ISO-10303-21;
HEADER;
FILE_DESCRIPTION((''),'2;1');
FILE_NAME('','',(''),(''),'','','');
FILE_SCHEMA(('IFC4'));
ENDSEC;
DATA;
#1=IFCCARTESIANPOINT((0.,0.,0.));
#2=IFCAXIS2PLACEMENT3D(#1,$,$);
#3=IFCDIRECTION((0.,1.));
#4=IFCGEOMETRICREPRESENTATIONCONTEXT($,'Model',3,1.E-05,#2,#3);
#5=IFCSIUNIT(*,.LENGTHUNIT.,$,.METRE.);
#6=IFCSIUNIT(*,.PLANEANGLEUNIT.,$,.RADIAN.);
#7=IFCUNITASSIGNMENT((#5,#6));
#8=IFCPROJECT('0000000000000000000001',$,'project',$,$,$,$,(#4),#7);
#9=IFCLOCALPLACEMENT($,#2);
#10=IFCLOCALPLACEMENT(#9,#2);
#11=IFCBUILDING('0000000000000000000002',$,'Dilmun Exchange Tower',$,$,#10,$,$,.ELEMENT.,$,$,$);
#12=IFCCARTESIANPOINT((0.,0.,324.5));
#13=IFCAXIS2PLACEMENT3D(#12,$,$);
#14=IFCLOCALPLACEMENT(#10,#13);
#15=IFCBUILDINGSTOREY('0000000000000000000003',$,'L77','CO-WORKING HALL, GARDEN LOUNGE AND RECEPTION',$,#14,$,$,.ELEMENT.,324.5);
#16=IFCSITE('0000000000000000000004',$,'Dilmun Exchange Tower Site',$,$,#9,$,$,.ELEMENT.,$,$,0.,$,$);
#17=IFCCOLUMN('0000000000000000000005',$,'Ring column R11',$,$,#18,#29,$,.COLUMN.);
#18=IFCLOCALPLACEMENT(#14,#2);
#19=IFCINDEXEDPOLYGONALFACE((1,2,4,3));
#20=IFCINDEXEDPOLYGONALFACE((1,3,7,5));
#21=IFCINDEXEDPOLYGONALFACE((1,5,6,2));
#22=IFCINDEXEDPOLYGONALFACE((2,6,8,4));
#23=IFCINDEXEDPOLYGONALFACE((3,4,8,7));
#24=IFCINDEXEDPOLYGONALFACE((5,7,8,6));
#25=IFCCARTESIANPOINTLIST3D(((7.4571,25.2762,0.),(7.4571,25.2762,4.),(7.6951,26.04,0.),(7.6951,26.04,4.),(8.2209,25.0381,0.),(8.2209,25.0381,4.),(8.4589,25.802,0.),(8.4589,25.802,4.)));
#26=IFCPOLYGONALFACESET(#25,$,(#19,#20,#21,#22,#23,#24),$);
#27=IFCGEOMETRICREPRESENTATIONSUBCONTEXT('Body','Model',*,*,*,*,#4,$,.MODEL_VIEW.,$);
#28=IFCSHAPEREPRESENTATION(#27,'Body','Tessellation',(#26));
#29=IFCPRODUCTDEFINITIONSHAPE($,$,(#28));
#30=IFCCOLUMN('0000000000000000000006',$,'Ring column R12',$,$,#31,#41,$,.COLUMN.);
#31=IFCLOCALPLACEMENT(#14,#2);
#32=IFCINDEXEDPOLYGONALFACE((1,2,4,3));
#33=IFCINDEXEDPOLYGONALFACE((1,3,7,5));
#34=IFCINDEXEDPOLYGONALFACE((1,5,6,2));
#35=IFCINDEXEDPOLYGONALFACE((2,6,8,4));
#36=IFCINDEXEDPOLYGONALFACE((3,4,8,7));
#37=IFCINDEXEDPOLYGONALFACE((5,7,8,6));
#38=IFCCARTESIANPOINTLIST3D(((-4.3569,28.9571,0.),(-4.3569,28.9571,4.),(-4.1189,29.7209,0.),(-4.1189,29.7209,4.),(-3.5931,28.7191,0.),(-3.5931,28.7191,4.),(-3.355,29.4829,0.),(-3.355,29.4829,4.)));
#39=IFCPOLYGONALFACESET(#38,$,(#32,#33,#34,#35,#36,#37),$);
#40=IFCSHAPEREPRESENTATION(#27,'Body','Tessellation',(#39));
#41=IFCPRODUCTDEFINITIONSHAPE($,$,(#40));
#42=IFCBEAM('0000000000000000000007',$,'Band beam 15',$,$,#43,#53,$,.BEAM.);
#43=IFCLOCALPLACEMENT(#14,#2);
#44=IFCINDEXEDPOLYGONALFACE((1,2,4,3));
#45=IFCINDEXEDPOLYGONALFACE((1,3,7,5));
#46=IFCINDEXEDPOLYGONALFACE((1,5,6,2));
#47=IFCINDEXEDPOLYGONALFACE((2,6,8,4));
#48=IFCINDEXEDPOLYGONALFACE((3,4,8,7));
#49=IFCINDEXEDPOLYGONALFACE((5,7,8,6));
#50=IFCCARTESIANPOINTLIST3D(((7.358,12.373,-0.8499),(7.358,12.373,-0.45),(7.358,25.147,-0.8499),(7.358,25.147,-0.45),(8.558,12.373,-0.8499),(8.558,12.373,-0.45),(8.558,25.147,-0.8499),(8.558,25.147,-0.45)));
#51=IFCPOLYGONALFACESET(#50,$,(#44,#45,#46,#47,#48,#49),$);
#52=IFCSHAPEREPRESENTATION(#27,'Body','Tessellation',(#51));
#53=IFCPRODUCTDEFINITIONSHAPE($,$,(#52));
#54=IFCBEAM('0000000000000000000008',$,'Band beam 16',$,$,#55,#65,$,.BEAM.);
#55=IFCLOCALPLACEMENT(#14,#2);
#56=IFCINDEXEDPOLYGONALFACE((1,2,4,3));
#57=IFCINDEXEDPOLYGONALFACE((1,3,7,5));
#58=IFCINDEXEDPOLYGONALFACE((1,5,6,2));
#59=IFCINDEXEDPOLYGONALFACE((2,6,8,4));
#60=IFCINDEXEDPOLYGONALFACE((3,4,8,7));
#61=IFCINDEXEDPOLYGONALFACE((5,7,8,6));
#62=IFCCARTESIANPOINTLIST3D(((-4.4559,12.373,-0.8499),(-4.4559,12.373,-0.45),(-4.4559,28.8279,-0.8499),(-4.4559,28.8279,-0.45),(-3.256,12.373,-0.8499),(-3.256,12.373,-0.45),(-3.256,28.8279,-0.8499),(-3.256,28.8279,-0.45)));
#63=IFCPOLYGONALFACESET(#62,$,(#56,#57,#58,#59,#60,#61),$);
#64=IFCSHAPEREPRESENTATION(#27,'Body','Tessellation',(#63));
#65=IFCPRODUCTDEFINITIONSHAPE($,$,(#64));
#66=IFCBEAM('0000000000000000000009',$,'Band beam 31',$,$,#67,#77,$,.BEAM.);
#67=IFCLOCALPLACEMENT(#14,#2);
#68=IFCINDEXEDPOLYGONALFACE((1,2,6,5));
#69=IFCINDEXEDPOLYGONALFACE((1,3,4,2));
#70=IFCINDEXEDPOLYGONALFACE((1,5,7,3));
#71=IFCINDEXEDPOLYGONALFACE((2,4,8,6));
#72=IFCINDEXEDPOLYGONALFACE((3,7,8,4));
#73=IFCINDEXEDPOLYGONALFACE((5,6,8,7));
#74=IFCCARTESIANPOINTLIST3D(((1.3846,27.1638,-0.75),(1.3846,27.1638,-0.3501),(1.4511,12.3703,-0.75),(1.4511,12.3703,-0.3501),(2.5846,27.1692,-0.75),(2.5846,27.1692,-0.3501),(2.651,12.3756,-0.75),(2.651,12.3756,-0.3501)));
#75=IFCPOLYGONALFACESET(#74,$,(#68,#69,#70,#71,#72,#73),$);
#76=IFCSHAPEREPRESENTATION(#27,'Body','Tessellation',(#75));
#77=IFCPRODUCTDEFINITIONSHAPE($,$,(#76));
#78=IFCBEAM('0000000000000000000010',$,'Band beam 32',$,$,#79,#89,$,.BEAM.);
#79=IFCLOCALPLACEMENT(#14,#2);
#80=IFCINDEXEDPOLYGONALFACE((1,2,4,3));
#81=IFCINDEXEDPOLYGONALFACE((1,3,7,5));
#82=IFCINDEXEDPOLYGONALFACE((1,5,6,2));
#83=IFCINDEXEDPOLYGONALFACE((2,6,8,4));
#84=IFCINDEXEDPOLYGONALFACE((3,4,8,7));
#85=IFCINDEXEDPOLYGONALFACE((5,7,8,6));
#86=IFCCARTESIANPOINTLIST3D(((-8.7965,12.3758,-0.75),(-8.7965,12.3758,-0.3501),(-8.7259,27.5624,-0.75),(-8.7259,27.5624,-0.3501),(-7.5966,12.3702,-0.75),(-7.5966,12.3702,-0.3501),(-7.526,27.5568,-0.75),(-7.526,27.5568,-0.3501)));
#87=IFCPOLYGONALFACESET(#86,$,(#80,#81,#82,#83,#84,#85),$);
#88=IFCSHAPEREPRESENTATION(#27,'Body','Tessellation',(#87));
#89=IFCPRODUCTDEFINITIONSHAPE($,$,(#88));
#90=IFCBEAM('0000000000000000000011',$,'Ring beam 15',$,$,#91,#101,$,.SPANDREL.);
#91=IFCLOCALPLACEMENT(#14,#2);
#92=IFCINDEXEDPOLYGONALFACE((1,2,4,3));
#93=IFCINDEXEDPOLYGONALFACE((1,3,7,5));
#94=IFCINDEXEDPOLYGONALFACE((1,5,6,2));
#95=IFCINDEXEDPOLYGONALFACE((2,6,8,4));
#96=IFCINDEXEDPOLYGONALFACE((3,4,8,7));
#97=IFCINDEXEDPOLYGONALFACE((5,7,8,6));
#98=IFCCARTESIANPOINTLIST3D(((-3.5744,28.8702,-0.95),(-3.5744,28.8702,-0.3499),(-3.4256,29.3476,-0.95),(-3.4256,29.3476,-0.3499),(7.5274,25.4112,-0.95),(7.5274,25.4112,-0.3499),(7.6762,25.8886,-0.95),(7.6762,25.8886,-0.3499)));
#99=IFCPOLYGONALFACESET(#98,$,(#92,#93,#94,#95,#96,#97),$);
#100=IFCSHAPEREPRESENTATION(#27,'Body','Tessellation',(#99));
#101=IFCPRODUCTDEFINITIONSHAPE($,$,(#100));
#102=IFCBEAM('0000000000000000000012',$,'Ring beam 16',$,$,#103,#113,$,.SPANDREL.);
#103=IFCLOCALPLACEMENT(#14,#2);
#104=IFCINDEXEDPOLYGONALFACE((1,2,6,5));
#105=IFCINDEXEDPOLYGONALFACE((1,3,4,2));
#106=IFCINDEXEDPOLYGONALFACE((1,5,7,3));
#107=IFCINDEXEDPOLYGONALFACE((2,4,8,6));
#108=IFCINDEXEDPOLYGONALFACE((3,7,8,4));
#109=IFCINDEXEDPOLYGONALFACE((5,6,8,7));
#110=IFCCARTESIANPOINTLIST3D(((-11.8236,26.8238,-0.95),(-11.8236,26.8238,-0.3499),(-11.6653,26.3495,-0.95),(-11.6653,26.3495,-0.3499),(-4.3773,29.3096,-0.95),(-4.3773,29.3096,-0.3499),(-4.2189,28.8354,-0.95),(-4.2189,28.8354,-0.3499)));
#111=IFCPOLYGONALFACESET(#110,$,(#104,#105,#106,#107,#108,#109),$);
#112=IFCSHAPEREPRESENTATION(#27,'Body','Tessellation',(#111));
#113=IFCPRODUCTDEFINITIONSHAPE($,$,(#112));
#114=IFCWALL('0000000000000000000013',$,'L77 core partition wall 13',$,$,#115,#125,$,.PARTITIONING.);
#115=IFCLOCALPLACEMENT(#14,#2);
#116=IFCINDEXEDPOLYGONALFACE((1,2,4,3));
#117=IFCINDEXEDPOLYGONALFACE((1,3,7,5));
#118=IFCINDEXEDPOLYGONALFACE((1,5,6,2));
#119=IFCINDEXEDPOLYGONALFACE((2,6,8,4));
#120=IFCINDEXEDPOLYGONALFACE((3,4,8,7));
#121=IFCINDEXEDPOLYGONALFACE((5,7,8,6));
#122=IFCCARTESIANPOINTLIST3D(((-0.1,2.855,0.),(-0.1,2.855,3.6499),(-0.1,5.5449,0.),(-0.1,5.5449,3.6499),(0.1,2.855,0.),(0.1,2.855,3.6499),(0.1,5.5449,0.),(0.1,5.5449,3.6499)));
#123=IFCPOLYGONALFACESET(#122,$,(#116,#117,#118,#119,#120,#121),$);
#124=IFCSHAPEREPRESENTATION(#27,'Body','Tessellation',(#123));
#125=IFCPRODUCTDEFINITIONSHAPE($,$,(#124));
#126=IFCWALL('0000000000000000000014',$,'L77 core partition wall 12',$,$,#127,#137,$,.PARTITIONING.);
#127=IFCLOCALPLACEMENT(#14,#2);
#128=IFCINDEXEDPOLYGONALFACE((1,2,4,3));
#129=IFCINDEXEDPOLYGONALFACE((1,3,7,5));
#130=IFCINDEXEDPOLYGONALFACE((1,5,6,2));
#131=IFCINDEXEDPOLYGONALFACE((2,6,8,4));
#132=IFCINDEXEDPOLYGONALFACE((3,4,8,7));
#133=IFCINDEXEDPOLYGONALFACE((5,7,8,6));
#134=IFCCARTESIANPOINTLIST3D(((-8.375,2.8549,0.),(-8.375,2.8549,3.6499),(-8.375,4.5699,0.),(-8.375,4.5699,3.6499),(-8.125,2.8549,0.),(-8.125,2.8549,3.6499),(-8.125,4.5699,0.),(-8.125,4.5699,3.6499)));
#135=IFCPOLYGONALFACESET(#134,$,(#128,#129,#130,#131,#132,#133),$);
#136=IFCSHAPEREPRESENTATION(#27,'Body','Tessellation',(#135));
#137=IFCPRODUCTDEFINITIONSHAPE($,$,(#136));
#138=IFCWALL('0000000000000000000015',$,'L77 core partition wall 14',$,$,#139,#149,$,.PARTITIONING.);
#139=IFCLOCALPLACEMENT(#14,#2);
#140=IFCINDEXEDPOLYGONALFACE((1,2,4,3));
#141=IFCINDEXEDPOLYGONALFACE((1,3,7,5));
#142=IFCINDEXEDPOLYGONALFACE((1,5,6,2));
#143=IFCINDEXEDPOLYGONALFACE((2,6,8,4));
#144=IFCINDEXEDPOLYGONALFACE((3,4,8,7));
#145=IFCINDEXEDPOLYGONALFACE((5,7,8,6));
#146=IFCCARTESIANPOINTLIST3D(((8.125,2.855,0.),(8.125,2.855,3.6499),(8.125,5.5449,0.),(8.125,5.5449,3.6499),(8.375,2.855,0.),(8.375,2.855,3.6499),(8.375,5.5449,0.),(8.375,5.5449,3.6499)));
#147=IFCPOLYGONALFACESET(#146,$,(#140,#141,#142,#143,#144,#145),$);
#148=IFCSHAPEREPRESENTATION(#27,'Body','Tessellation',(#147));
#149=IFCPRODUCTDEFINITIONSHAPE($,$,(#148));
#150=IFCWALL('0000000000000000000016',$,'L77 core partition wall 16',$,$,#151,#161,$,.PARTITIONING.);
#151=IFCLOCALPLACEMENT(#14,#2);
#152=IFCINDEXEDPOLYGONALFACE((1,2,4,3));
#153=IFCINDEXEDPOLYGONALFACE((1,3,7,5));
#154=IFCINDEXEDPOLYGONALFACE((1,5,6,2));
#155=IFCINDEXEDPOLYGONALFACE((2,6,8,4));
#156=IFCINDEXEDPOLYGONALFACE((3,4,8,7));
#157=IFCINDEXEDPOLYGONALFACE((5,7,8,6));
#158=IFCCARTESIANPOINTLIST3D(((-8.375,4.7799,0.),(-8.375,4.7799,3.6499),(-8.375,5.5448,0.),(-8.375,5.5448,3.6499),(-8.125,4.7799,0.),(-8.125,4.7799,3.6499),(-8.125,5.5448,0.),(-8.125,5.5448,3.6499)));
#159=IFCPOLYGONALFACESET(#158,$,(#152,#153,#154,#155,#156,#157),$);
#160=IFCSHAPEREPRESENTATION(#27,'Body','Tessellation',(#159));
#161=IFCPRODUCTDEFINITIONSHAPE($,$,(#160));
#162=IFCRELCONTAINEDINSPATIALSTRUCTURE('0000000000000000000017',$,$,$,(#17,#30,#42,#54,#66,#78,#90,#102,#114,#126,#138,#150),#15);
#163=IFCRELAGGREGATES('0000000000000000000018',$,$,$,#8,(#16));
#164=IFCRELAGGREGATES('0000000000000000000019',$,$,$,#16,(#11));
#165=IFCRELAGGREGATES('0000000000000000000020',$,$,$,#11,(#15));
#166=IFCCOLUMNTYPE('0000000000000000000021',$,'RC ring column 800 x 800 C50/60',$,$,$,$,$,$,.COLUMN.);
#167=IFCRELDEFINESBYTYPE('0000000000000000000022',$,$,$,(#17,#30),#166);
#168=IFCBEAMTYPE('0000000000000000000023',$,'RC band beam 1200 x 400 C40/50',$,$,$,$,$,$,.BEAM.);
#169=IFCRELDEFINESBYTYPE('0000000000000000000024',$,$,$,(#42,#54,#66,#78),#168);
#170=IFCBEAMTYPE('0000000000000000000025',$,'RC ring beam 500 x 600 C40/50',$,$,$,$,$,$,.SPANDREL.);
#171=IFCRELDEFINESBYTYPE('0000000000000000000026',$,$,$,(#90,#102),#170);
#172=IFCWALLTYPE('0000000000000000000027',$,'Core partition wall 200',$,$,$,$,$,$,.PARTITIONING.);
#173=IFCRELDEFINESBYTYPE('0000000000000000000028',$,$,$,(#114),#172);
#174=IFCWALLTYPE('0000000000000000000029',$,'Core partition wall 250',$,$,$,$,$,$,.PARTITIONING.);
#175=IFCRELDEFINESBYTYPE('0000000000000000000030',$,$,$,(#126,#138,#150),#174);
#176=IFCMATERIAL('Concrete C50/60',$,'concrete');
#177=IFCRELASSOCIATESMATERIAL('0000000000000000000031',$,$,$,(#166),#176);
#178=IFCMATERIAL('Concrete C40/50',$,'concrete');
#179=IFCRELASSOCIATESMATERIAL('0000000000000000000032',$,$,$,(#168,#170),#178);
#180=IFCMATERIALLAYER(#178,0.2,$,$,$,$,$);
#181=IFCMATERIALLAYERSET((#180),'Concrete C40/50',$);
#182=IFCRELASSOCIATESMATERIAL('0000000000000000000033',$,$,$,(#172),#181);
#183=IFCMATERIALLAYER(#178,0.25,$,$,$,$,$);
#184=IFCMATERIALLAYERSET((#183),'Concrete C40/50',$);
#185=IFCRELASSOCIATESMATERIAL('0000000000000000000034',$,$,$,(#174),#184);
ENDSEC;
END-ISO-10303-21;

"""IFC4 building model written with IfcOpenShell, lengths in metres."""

from ifc_helpers import new_model, si_unit, direction, frame, frame_2d, origin, origin_2d, place, context, subcontext, project, spatial, rectangle, extrude, material, layer, layer_set, material_profile, profile_set, type_object, element, save


model = new_model("IFC4")

# Units and contexts
model_context = context("Model", 3, precision=1e-05, world=origin(), true_north=direction((0.0, 1.0)))
body_context = subcontext(model_context, "Body", "Model", "MODEL_VIEW")
ifc_project = project(units=[si_unit("LENGTHUNIT", "METRE"), si_unit("PLANEANGLEUNIT", "RADIAN")], contexts=[model_context])

# Site, building, storey
site_placement = place(None, origin())
site = spatial("IfcSite", under=ifc_project, at=site_placement, Name="Dilmun Exchange Tower Site", CompositionType="ELEMENT", RefElevation=0.0)
building_placement = place(site_placement, origin())
building = spatial("IfcBuilding", under=site, at=building_placement, Name="Dilmun Exchange Tower", CompositionType="ELEMENT")
storey_placement = place(building_placement, frame((0.0, 0.0, 324.5)))
storey = spatial("IfcBuildingStorey", under=building, at=storey_placement, Name="L77", Description="CO-WORKING HALL, GARDEN LOUNGE AND RECEPTION", CompositionType="ELEMENT", Elevation=324.5)

# Columns
ifc_material_1 = material(Name="Concrete C50/60", Category="concrete")
ifc_material_profile_1 = material_profile(ifc_material_1, rectangle(XDim=0.8, YDim=0.8, at=origin_2d()), Name="800 x 800")
ifc_profile_set_1 = profile_set([ifc_material_profile_1], Name="Concrete C50/60")
column_type = type_object("IfcColumnType", Name="RC ring column 800 x 800 C50/60", PredefinedType="COLUMN", material=ifc_profile_set_1)
for number, where, z_axis, x_axis, name in (
    (1, (7.958, 25.5391, 0.0), (0.0, 0.0, 1.0), (0.297503, 0.954721, 0.0), "Ring column R11"),
    (2, (-3.856, 29.22, 0.0), (0.0, 0.0, 1.0), (0.297503, 0.954721, 0.0), "Ring column R12"),
):
    element("IfcColumn", number, at=place(storey_placement, frame(where, z_axis=z_axis, x_axis=x_axis)), inside=storey, type_object=column_type, Name=name, PredefinedType="COLUMN", context=body_context, shape_type="SweptSolid", body=[
        extrude(rectangle(XDim=0.8, YDim=0.8, at=origin_2d()), origin(), (0.0, 0.0, 1.0), 4.0),
    ])

# Beams
ifc_material_2 = material(Name="Concrete C40/50", Category="concrete")
ifc_material_profile_2 = material_profile(ifc_material_2, rectangle(XDim=1.2, YDim=0.3999, at=origin_2d()), Name="1200 x 400")
ifc_profile_set_2 = profile_set([ifc_material_profile_2], Name="Concrete C40/50")
beam_type_1 = type_object("IfcBeamType", Name="RC band beam 1200 x 400 C40/50", PredefinedType="BEAM", material=ifc_profile_set_2)
beam_1_placement = place(storey_placement, frame((7.958, 25.147, -0.6499), z_axis=(0.0, -1.0, 0.0), x_axis=(1.0, 0.0, 0.0)))
element("IfcBeam", 3, at=beam_1_placement, inside=storey, type_object=beam_type_1, Name="Band beam 15", PredefinedType="BEAM", context=body_context, shape_type="SweptSolid", body=[
    extrude(rectangle(XDim=1.2, YDim=0.3999, at=origin_2d()), origin(), (0.0, 0.0, 1.0), 12.7739),
])
beam_2_placement = place(storey_placement, frame((-3.856, 28.8279, -0.6499), z_axis=(0.0, -1.0, 0.0), x_axis=(1.0, 0.0, 0.0)))
element("IfcBeam", 4, at=beam_2_placement, inside=storey, type_object=beam_type_1, Name="Band beam 16", PredefinedType="BEAM", context=body_context, shape_type="SweptSolid", body=[
    extrude(rectangle(XDim=1.2, YDim=0.3999, at=origin_2d()), origin(), (0.0, 0.0, 1.0), 16.4548),
])
beam_3_placement = place(storey_placement, frame((1.9846, 27.1665, -0.55), z_axis=(0.004489, -0.99999, 0.0), x_axis=(0.99999, 0.004489, 0.0)))
element("IfcBeam", 5, at=beam_3_placement, inside=storey, type_object=beam_type_1, Name="Band beam 31", PredefinedType="BEAM", context=body_context, shape_type="SweptSolid", body=[
    extrude(rectangle(XDim=1.2, YDim=0.3999, at=origin_2d()), origin(), (0.0, 0.0, 1.0), 14.7937),
])
beam_4_placement = place(storey_placement, frame((-8.126, 27.5596, -0.55), z_axis=(-0.004646, -0.999989, 0.0), x_axis=(0.999989, -0.004646, 0.0)))
element("IfcBeam", 6, at=beam_4_placement, inside=storey, type_object=beam_type_1, Name="Band beam 32", PredefinedType="BEAM", context=body_context, shape_type="SweptSolid", body=[
    extrude(rectangle(XDim=1.2, YDim=0.3999, at=origin_2d()), origin(), (0.0, 0.0, 1.0), 15.1868),
])
ifc_material_profile_3 = material_profile(ifc_material_2, rectangle(XDim=0.5, YDim=0.6001, at=origin_2d()), Name="500 x 600")
ifc_profile_set_3 = profile_set([ifc_material_profile_3], Name="Concrete C40/50")
beam_type_2 = type_object("IfcBeamType", Name="RC ring beam 500 x 600 C40/50", PredefinedType="SPANDREL", material=ifc_profile_set_3)
beam_5_placement = place(storey_placement, frame((7.6018, 25.6499, -0.6499), z_axis=(-0.954733, 0.297466, 0.0), x_axis=(-0.297466, -0.954733, 0.0)))
element("IfcBeam", 7, at=beam_5_placement, inside=storey, type_object=beam_type_2, Name="Ring beam 15", PredefinedType="SPANDREL", context=body_context, shape_type="SweptSolid", body=[
    extrude(rectangle(XDim=0.5, YDim=0.6001, at=origin_2d()), origin(), (0.0, 0.0, 1.0), 11.6282),
])
beam_6_placement = place(storey_placement, frame((-4.2981, 29.0725, -0.6499), z_axis=(-0.94854, -0.316657, 0.0), x_axis=(0.316657, -0.94854, 0.0)))
element("IfcBeam", 8, at=beam_6_placement, inside=storey, type_object=beam_type_2, Name="Ring beam 16", PredefinedType="SPANDREL", context=body_context, shape_type="SweptSolid", body=[
    extrude(rectangle(XDim=0.5, YDim=0.6001, at=origin_2d()), origin(), (0.0, 0.0, 1.0), 7.8503),
])

# Walls
ifc_layer_1 = layer(ifc_material_2, 0.2)
ifc_layer_set_1 = layer_set([ifc_layer_1], Name="Concrete C40/50")
wall_type_1 = type_object("IfcWallType", Name="Core partition wall 200", PredefinedType="PARTITIONING", material=ifc_layer_set_1)
wall_1_placement = place(storey_placement, frame((0.0, 2.855, 0.0), z_axis=(0.0, 0.0, 1.0), x_axis=(0.0, 1.0, 0.0)))
element("IfcWall", 9, at=wall_1_placement, inside=storey, type_object=wall_type_1, Name="L77 core partition wall 13", PredefinedType="PARTITIONING", context=body_context, shape_type="SweptSolid", body=[
    extrude(rectangle(XDim=2.6899, YDim=0.2, at=frame_2d((1.345, 0.0))), origin(), (0.0, 0.0, 1.0), 3.6499),
])
ifc_layer_2 = layer(ifc_material_2, 0.25)
ifc_layer_set_2 = layer_set([ifc_layer_2], Name="Concrete C40/50")
wall_type_2 = type_object("IfcWallType", Name="Core partition wall 250", PredefinedType="PARTITIONING", material=ifc_layer_set_2)
wall_2_placement = place(storey_placement, frame((-8.25, 2.855, 0.0), z_axis=(0.0, 0.0, 1.0), x_axis=(0.0, 1.0, 0.0)))
element("IfcWall", 10, at=wall_2_placement, inside=storey, type_object=wall_type_2, Name="L77 core partition wall 12", PredefinedType="PARTITIONING", context=body_context, shape_type="SweptSolid", body=[
    extrude(rectangle(XDim=1.7151, YDim=0.25, at=frame_2d((0.8574, 0.0))), origin(), (0.0, 0.0, 1.0), 3.6499),
])
wall_3_placement = place(storey_placement, frame((8.25, 2.855, 0.0), z_axis=(0.0, 0.0, 1.0), x_axis=(0.0, 1.0, 0.0)))
element("IfcWall", 11, at=wall_3_placement, inside=storey, type_object=wall_type_2, Name="L77 core partition wall 14", PredefinedType="PARTITIONING", context=body_context, shape_type="SweptSolid", body=[
    extrude(rectangle(XDim=2.6899, YDim=0.25, at=frame_2d((1.345, 0.0))), origin(), (0.0, 0.0, 1.0), 3.6499),
])
wall_4_placement = place(storey_placement, frame((-8.25, 4.78, 0.0), z_axis=(0.0, 0.0, 1.0), x_axis=(0.0, 1.0, 0.0)))
element("IfcWall", 12, at=wall_4_placement, inside=storey, type_object=wall_type_2, Name="L77 core partition wall 16", PredefinedType="PARTITIONING", context=body_context, shape_type="SweptSolid", body=[
    extrude(rectangle(XDim=0.7649, YDim=0.25, at=frame_2d((0.3823, 0.0))), origin(), (0.0, 0.0, 1.0), 3.6499),
])

save(model, "model.ifc")
